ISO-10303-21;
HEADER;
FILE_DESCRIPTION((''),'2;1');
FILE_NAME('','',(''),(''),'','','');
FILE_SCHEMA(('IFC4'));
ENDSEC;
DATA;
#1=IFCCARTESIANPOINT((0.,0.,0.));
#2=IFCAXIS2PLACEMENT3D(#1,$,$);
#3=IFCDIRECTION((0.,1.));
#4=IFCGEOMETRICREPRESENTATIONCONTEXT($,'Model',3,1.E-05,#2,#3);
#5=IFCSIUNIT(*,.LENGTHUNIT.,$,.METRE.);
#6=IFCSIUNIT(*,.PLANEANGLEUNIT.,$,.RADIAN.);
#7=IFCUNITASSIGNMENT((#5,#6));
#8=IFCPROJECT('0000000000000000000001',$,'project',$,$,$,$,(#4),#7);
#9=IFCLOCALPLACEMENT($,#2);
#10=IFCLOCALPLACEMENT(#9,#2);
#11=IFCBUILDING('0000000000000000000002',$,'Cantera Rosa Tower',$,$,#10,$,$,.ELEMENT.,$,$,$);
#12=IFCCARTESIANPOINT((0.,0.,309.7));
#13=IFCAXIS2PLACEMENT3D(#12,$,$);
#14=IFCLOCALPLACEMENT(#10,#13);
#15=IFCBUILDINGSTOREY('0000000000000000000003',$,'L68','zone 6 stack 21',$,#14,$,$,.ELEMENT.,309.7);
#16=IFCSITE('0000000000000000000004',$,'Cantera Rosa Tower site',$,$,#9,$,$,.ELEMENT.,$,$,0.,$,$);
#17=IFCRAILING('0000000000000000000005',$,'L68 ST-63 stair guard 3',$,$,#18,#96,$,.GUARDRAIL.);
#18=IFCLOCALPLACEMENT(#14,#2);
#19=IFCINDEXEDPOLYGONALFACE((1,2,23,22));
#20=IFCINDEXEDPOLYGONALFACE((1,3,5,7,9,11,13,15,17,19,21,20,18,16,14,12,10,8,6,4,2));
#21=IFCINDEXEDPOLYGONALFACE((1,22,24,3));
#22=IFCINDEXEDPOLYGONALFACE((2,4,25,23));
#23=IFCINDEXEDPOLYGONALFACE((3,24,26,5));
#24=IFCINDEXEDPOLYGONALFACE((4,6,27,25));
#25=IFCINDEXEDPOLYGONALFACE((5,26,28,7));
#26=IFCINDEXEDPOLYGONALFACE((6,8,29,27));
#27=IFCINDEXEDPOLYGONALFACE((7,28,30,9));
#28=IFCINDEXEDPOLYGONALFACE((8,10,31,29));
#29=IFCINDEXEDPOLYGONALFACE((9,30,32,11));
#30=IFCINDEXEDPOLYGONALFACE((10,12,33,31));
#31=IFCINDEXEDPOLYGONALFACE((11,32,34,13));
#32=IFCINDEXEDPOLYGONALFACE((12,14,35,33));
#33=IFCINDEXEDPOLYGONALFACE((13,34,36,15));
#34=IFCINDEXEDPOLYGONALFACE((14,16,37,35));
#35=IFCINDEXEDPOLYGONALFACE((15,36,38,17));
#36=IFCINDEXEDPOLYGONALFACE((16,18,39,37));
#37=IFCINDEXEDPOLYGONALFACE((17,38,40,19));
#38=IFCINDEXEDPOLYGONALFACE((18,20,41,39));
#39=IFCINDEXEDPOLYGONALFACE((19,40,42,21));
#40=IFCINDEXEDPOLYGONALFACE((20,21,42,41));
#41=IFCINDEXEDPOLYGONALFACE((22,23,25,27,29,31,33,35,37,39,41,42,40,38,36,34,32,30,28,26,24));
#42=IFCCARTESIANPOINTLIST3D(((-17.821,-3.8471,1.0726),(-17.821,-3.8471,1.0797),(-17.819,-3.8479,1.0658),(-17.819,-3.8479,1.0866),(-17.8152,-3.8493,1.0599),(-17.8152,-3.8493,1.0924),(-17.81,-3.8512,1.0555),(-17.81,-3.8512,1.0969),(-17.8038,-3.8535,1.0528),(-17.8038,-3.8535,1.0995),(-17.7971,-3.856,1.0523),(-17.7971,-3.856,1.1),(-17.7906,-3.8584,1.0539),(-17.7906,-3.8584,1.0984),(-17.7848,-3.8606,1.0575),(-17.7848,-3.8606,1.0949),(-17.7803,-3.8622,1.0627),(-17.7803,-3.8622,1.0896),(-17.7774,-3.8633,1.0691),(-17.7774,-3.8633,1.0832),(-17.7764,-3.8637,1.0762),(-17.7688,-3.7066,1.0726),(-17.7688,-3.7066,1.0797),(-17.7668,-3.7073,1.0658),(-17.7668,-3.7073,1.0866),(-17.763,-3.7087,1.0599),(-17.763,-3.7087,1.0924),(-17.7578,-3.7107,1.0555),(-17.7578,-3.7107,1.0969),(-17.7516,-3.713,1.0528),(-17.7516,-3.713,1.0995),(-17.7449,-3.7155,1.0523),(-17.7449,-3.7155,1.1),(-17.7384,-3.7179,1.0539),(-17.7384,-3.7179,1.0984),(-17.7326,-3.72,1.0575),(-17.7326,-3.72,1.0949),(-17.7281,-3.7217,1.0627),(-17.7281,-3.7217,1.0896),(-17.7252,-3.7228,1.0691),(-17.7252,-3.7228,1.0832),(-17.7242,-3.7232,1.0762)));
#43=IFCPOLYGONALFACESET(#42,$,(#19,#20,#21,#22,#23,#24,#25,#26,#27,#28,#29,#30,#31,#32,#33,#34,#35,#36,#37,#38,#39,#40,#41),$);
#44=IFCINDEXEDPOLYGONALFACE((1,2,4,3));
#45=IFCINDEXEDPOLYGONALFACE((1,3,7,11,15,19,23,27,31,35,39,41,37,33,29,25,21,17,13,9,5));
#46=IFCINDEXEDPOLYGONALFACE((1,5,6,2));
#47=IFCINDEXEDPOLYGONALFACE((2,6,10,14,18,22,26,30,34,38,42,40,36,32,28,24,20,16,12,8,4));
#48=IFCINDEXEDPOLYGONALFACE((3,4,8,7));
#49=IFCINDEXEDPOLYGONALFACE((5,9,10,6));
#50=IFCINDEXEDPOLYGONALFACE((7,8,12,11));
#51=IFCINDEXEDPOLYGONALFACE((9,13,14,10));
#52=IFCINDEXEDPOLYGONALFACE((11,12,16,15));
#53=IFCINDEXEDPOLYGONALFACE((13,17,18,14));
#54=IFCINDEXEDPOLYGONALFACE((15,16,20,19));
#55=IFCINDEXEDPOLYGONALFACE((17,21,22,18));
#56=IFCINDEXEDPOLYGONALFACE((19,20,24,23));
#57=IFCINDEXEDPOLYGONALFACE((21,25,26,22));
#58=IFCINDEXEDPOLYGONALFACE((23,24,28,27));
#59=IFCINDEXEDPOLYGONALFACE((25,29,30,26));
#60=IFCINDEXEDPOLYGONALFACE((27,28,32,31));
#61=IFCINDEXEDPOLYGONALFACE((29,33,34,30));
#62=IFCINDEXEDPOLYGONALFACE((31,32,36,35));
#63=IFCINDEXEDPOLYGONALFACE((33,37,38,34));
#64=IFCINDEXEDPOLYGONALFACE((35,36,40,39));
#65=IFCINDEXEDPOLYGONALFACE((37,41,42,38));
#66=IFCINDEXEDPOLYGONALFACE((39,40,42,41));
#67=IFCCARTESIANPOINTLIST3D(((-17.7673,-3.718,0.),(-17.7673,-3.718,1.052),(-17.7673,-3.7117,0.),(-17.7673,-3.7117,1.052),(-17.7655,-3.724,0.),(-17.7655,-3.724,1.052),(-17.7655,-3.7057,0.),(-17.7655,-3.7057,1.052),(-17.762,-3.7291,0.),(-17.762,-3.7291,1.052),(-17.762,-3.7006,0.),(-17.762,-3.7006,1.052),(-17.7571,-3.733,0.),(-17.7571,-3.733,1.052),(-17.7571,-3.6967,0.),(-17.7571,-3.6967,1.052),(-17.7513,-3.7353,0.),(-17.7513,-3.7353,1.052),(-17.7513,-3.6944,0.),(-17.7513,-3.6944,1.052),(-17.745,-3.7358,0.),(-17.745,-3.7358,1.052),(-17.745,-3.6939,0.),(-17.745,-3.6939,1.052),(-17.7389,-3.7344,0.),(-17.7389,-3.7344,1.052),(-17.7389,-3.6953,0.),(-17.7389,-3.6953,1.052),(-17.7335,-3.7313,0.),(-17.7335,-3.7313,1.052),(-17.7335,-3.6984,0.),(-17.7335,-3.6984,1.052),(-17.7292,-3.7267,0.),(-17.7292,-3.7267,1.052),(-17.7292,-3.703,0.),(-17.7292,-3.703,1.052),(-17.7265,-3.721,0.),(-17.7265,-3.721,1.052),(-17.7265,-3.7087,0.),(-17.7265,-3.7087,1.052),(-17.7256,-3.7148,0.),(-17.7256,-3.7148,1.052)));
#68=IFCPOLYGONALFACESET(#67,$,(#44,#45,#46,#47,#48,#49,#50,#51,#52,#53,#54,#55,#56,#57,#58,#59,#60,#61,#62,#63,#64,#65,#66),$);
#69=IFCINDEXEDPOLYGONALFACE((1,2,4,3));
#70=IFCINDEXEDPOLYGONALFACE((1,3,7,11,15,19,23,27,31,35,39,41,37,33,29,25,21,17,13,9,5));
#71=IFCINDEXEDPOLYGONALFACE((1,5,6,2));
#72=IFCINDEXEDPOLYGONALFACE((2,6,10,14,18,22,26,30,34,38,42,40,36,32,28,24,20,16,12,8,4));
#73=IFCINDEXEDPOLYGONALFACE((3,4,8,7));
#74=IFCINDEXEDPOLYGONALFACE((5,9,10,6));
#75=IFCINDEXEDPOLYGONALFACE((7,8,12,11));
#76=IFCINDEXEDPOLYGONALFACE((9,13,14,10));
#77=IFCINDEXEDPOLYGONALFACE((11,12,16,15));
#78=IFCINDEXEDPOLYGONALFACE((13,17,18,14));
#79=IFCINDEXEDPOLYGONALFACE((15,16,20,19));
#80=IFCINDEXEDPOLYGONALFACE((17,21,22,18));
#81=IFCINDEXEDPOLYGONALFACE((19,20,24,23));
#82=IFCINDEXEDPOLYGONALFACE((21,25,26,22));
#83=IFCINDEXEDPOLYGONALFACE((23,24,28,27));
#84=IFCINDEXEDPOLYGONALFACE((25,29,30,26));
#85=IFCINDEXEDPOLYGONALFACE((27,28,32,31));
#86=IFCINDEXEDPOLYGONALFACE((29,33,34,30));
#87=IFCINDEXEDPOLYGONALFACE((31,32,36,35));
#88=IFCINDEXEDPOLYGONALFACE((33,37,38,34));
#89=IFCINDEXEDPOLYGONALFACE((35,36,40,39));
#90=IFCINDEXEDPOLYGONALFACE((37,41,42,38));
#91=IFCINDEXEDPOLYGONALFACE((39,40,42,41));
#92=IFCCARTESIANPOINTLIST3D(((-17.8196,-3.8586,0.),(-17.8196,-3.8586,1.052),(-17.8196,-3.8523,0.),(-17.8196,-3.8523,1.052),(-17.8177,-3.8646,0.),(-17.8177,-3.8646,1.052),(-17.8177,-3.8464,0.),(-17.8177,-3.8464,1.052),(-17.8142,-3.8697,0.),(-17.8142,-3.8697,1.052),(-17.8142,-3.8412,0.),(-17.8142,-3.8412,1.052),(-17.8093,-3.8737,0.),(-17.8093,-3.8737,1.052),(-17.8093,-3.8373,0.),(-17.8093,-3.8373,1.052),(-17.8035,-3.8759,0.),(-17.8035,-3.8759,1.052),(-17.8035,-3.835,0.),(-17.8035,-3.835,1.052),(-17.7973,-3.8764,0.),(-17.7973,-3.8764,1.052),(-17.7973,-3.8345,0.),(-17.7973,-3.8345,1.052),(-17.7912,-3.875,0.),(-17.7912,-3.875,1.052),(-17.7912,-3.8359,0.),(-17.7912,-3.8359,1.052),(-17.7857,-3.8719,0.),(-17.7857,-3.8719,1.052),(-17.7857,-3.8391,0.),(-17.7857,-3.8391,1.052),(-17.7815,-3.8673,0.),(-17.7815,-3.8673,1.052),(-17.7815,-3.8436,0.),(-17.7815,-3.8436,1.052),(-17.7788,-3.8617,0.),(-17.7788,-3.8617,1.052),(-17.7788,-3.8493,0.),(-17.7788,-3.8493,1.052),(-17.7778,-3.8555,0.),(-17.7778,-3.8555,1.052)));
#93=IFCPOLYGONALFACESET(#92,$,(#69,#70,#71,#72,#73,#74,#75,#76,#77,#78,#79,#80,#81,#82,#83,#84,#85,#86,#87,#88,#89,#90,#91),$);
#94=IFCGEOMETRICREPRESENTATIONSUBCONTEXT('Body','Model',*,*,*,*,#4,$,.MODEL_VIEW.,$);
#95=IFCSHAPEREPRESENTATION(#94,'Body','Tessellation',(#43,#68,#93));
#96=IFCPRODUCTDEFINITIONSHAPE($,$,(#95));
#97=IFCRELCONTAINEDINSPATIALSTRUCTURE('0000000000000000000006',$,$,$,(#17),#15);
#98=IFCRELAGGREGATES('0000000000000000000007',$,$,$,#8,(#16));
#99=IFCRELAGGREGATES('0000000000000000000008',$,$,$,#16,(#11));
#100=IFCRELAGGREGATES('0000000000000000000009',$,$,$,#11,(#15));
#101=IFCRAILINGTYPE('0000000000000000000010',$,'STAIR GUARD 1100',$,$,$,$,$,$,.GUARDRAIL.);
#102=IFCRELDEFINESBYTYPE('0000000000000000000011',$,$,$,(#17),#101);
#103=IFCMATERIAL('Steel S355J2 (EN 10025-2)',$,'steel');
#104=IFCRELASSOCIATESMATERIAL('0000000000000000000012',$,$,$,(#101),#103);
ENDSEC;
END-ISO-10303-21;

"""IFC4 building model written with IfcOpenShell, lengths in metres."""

from ifc_helpers import new_model, si_unit, direction, frame, origin, origin_2d, place, context, subcontext, project, spatial, circle, extrude, material, type_object, element, save


model = new_model("IFC4")

# Units and contexts
model_context = context("Model", 3, precision=1e-05, world=origin(), true_north=direction((0.0, 1.0)))
body_context = subcontext(model_context, "Body", "Model", "MODEL_VIEW")
ifc_project = project(units=[si_unit("LENGTHUNIT", "METRE"), si_unit("PLANEANGLEUNIT", "RADIAN")], contexts=[model_context])

# Site, building, storey
site_placement = place(None, origin())
site = spatial("IfcSite", under=ifc_project, at=site_placement, Name="Cantera Rosa Tower site", CompositionType="ELEMENT", RefElevation=0.0)
building_placement = place(site_placement, origin())
building = spatial("IfcBuilding", under=site, at=building_placement, Name="Cantera Rosa Tower", CompositionType="ELEMENT")
storey_placement = place(building_placement, frame((0.0, 0.0, 309.7)))
storey = spatial("IfcBuildingStorey", under=building, at=storey_placement, Name="L68", Description="zone 6 stack 21", CompositionType="ELEMENT", Elevation=309.7)

# Railing
ifc_material_1 = material(Name="Steel S355J2 (EN 10025-2)", Category="steel")
railing_type_1 = type_object("IfcRailingType", Name="STAIR GUARD 1100", PredefinedType="GUARDRAIL", material=ifc_material_1)
railing_1_placement = place(storey_placement, frame((-17.7466, -3.7148, 0.0)))
element("IfcRailing", 1, at=railing_1_placement, inside=storey, type_object=railing_type_1, Name="L68 ST-63 stair guard 3", PredefinedType="GUARDRAIL", context=body_context, shape_type="SweptSolid", body=[
    extrude(circle(Radius=0.0239, at=origin_2d()), frame((0.0, 0.0, 1.0762), z_axis=(-0.348268, -0.937395, 0.0), x_axis=(0.937395, -0.348268, 0.0)), (0.0, 0.0, 1.0), 0.1499),
    extrude(circle(Radius=0.021, at=origin_2d()), origin(), (0.0, 0.0, 1.0), 1.052),
    extrude(circle(Radius=0.021, at=origin_2d()), frame((-0.0522, -0.1406, 0.0)), (0.0, 0.0, 1.0), 1.052),
])

save(model, "model.ifc")
